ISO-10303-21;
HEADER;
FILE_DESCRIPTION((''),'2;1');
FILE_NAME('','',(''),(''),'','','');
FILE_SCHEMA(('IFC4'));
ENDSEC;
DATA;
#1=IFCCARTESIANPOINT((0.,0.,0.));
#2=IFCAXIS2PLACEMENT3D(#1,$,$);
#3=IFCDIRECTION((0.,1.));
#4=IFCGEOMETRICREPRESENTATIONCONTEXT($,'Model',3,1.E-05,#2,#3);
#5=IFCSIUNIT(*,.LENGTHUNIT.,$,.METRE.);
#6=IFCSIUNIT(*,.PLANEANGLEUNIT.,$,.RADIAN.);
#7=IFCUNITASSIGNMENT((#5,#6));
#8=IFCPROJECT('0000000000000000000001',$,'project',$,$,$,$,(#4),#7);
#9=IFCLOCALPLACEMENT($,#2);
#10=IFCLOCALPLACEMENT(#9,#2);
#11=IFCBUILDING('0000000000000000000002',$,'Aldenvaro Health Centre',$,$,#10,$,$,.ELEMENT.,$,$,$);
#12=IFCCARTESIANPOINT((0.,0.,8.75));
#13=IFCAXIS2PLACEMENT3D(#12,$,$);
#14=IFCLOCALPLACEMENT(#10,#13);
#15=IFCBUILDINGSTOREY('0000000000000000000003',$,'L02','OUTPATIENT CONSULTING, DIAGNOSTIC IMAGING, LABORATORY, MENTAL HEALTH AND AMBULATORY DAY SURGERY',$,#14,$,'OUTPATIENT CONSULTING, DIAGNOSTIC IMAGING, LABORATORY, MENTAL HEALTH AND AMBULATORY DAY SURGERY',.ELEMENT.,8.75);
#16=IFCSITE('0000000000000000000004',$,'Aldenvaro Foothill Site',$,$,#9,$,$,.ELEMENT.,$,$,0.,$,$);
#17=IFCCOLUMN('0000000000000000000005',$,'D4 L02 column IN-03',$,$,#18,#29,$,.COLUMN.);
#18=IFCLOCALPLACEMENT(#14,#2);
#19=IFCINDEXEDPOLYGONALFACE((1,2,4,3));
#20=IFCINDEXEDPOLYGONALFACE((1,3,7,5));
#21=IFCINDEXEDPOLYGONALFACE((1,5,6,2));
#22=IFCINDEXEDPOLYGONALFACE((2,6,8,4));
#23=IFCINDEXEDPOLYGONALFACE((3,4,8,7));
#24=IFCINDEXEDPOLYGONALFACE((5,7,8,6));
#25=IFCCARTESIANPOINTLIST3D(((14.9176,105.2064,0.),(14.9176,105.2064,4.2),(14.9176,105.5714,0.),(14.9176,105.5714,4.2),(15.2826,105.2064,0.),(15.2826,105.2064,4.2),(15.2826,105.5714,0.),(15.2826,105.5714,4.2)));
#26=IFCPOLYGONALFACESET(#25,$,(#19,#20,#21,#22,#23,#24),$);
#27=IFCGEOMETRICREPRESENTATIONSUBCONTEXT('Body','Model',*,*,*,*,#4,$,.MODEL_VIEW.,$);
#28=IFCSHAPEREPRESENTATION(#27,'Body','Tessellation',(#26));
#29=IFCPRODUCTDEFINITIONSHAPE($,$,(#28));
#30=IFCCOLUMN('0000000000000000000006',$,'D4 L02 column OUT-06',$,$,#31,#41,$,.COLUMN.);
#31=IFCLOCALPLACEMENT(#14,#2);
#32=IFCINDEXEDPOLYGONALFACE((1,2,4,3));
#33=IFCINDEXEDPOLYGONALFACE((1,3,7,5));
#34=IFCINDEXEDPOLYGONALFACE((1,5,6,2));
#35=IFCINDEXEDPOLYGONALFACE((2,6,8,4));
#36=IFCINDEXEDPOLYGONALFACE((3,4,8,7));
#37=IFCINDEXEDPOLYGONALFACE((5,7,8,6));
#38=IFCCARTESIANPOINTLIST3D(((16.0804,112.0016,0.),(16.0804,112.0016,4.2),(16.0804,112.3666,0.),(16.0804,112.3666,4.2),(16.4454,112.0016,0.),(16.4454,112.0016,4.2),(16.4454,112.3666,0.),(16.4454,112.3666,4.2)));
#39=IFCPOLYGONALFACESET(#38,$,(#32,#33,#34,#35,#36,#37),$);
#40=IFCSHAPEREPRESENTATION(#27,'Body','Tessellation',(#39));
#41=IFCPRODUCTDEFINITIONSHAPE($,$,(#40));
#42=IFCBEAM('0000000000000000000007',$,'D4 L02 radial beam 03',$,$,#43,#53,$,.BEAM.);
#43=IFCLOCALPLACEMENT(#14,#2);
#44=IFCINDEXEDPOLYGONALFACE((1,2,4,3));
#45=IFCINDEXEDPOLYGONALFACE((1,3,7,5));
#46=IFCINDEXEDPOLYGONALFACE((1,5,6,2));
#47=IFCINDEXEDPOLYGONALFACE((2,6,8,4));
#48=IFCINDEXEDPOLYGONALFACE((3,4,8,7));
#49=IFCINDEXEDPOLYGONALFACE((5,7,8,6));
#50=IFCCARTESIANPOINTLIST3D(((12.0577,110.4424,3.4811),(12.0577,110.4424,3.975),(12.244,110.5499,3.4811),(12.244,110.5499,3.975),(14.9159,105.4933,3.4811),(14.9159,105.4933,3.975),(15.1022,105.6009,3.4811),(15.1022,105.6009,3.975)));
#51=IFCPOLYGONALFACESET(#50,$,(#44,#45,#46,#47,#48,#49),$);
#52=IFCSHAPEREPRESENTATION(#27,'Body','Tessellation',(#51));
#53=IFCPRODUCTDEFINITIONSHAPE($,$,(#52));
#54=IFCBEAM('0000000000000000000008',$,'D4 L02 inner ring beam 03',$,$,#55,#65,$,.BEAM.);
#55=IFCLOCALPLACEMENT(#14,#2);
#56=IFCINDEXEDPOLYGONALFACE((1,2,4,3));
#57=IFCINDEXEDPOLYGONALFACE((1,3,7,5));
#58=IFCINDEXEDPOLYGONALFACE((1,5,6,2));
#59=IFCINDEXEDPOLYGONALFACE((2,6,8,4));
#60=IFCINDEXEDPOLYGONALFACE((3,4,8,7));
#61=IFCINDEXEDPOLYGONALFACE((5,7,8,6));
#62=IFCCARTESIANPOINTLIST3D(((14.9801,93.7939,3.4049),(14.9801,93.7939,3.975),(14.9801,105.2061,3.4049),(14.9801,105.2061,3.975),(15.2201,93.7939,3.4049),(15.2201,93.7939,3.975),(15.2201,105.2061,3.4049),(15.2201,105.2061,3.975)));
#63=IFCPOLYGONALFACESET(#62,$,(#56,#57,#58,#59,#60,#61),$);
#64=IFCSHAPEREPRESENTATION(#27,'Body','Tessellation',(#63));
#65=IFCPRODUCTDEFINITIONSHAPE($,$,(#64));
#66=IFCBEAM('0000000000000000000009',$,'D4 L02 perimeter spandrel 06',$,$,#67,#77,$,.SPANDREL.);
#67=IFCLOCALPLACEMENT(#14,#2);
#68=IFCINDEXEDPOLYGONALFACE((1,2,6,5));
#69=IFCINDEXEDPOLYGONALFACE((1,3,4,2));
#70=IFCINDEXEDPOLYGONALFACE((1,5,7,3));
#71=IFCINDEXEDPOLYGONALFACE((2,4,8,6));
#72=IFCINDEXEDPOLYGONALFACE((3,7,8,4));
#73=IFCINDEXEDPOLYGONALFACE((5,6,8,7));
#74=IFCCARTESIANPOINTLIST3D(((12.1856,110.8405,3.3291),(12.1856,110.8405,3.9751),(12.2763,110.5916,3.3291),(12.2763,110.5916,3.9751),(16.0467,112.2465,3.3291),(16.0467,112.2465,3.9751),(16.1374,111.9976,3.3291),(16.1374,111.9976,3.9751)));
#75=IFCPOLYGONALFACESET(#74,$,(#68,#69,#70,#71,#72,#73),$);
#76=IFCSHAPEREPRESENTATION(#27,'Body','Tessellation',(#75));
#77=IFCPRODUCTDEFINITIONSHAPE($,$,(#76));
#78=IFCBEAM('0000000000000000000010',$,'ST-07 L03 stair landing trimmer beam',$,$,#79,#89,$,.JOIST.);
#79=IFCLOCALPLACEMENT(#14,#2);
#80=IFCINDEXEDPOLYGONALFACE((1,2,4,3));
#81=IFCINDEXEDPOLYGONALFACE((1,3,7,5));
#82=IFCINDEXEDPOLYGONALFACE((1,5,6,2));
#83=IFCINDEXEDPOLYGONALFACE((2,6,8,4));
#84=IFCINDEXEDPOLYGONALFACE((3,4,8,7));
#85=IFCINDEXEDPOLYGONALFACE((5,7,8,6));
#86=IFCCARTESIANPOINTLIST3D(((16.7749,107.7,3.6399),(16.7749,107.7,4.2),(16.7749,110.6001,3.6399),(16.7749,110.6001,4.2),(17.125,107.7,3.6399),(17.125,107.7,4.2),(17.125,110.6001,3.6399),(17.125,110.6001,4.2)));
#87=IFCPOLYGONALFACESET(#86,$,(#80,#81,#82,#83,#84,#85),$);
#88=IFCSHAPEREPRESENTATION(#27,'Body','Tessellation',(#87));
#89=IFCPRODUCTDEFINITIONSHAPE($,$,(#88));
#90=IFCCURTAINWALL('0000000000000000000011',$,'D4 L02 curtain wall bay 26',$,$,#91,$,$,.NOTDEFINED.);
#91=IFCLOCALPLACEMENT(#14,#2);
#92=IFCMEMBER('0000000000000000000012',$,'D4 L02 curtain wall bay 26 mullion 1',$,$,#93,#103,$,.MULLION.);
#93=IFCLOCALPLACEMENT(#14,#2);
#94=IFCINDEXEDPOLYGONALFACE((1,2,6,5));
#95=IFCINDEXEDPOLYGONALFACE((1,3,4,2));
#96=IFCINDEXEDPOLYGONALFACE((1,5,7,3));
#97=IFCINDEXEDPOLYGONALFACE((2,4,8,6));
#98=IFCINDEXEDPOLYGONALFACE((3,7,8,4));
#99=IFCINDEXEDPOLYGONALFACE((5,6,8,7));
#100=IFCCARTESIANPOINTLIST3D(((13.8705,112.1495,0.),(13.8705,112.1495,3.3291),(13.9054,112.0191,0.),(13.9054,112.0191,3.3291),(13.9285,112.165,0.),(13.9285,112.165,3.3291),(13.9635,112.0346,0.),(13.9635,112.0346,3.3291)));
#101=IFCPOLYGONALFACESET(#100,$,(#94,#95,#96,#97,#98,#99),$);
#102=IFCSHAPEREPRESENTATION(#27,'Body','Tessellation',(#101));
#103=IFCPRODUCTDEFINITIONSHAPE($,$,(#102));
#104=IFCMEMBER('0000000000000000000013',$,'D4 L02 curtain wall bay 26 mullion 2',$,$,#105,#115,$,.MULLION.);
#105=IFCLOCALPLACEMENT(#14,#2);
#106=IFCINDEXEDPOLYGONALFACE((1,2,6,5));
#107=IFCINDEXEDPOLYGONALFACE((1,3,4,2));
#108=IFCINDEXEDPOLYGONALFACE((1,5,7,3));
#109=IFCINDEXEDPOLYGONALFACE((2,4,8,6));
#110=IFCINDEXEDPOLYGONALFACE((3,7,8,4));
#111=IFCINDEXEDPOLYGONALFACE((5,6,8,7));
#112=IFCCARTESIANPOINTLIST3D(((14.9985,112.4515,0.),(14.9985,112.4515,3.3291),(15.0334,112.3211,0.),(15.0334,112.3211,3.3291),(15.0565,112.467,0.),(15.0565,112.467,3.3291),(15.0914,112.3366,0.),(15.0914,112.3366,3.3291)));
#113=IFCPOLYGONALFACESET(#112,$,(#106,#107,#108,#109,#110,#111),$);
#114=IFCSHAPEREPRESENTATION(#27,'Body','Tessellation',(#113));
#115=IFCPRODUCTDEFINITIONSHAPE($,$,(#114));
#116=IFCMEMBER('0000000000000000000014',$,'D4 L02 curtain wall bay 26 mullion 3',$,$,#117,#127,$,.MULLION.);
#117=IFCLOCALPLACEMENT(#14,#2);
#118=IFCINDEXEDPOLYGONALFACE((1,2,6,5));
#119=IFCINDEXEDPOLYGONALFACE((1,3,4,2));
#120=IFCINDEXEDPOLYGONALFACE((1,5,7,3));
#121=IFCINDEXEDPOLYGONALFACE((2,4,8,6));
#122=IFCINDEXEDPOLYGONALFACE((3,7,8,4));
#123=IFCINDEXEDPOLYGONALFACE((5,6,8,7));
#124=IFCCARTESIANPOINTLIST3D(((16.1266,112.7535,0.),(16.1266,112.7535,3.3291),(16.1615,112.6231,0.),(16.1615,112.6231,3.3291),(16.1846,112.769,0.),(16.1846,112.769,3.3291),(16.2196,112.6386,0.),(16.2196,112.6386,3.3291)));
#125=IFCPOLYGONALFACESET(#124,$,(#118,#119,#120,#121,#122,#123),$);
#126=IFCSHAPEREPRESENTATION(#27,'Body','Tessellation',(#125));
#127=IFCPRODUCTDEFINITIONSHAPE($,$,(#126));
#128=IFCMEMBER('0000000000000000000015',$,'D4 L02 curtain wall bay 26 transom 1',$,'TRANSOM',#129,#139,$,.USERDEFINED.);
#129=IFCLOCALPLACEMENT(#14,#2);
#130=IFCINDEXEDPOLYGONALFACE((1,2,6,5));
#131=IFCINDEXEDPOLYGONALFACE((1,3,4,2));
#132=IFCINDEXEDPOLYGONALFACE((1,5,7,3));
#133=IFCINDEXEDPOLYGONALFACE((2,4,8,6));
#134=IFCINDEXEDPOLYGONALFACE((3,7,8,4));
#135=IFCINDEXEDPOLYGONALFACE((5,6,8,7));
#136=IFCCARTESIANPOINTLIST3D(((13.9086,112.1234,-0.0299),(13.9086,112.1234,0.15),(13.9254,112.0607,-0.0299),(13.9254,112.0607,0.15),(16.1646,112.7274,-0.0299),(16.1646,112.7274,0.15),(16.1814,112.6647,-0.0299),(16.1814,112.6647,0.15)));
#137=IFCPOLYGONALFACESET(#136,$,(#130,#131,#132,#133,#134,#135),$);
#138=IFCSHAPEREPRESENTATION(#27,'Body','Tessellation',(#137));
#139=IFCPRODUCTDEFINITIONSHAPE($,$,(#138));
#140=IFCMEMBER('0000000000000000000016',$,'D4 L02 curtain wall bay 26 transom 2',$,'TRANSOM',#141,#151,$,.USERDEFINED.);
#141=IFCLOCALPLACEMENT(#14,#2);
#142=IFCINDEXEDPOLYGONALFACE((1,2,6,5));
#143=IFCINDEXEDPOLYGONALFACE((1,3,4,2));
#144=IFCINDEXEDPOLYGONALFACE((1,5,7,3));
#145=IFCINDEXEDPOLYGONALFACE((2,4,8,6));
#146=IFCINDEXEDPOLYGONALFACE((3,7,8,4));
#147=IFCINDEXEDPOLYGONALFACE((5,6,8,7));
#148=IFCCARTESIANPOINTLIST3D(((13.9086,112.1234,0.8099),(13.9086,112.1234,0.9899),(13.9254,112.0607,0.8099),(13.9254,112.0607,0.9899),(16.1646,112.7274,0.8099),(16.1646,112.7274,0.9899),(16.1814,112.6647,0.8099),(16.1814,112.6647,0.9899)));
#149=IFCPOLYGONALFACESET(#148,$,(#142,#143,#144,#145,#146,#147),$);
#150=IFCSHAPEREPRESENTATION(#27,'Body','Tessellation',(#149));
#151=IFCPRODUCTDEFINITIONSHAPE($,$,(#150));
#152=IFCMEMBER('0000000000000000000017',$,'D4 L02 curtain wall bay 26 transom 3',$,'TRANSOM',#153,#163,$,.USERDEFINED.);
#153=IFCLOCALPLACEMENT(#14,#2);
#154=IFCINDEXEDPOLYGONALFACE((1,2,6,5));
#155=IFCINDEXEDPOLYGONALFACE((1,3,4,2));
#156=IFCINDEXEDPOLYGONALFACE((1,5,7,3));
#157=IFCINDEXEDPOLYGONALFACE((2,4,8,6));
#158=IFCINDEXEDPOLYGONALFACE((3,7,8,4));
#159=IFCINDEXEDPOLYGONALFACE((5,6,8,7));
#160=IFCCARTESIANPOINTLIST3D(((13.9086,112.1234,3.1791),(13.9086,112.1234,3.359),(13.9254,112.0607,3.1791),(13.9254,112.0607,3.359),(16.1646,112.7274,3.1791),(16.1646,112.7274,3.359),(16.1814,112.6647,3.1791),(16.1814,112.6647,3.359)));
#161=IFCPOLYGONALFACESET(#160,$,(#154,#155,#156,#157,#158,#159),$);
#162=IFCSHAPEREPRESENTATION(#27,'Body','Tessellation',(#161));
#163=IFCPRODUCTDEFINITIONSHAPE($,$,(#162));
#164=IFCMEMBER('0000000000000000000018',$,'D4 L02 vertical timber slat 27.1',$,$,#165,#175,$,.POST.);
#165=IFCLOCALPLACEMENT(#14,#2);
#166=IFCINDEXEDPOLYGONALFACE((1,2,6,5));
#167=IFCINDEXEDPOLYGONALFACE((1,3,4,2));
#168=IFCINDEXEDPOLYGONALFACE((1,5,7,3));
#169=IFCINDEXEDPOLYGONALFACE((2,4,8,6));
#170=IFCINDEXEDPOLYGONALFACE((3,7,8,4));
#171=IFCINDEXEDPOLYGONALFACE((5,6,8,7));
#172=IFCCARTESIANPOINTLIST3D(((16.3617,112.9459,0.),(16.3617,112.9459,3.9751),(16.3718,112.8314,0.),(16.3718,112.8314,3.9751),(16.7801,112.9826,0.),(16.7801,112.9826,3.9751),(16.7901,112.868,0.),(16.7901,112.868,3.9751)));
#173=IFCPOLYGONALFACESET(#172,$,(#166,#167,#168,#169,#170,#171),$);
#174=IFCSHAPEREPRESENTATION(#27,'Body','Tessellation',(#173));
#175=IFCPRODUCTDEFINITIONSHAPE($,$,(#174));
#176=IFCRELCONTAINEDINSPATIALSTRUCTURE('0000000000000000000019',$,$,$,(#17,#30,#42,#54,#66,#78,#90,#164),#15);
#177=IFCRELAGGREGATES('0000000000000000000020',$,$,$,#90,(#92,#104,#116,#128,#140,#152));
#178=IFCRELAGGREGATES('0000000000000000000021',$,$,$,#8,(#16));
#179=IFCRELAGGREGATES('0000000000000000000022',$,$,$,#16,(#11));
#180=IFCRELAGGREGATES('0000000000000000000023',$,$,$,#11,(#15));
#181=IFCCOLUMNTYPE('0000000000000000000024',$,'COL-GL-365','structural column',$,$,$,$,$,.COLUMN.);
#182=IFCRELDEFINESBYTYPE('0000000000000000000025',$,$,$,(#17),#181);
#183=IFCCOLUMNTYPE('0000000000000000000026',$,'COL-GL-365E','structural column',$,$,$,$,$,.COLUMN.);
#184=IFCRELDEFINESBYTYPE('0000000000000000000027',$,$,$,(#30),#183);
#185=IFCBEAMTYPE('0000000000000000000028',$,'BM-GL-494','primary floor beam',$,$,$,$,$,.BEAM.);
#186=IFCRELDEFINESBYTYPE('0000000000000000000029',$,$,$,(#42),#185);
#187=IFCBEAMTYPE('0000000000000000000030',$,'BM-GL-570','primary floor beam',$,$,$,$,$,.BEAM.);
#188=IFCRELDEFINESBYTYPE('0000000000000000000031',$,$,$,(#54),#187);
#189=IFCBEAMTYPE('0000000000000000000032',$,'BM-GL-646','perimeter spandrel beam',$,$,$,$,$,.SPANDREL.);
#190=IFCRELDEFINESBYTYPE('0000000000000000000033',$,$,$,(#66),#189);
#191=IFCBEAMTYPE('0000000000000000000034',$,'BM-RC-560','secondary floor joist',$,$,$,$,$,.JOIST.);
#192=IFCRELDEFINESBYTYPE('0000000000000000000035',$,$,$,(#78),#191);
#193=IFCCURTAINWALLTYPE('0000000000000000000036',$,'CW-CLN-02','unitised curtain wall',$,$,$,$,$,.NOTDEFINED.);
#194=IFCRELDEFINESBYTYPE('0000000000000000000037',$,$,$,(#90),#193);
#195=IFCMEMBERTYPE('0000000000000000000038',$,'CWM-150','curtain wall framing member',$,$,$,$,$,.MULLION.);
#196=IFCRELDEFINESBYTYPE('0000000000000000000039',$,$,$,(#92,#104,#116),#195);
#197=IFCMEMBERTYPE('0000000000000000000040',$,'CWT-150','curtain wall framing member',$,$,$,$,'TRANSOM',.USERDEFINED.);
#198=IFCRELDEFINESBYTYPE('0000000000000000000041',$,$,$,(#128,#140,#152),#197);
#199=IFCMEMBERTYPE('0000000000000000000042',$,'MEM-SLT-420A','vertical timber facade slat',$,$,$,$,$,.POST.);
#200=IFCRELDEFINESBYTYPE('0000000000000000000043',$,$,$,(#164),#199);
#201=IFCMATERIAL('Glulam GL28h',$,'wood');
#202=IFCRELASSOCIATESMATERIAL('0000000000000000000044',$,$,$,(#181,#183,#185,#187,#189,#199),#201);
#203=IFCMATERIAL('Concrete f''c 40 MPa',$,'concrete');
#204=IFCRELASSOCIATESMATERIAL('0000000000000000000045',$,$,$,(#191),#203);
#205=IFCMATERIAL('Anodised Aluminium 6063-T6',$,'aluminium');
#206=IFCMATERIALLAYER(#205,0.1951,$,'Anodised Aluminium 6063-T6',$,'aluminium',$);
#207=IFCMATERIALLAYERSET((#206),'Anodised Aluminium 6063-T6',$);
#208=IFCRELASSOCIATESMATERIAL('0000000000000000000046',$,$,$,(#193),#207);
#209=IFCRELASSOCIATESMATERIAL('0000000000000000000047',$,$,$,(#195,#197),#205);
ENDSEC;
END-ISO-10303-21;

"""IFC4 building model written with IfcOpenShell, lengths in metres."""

from ifc_helpers import new_model, si_unit, direction, frame, origin, origin_2d, place, context, subcontext, project, spatial, rectangle, extrude, material, layer, layer_set, material_profile, profile_set, type_object, element, aggregate, save


model = new_model("IFC4")

# Units and contexts
model_context = context("Model", 3, precision=1e-05, world=origin(), true_north=direction((0.0, 1.0)))
body_context = subcontext(model_context, "Body", "Model", "MODEL_VIEW")
ifc_project = project(units=[si_unit("LENGTHUNIT", "METRE"), si_unit("PLANEANGLEUNIT", "RADIAN")], contexts=[model_context])

# Site, building, storey
site_placement = place(None, origin())
site = spatial("IfcSite", under=ifc_project, at=site_placement, Name="Aldenvaro Foothill Site", CompositionType="ELEMENT", RefElevation=0.0)
building_placement = place(site_placement, origin())
building = spatial("IfcBuilding", under=site, at=building_placement, Name="Aldenvaro Health Centre", CompositionType="ELEMENT")
storey_placement = place(building_placement, frame((0.0, 0.0, 8.75)))
storey = spatial("IfcBuildingStorey", under=building, at=storey_placement, Name="L02", Description="OUTPATIENT CONSULTING, DIAGNOSTIC IMAGING, LABORATORY, MENTAL HEALTH AND AMBULATORY DAY SURGERY", LongName="OUTPATIENT CONSULTING, DIAGNOSTIC IMAGING, LABORATORY, MENTAL HEALTH AND AMBULATORY DAY SURGERY", CompositionType="ELEMENT", Elevation=8.75)

# Columns
ifc_material_1 = material(Name="Glulam GL28h", Category="wood")
ifc_material_profile_1 = material_profile(ifc_material_1, rectangle(XDim=0.365, YDim=0.365, at=origin_2d()), Name="GL 365x365", Category="wood")
ifc_profile_set_1 = profile_set([ifc_material_profile_1], Name="Glulam GL28h")
column_type_1 = type_object("IfcColumnType", Name="COL-GL-365", Description="structural column", PredefinedType="COLUMN", material=ifc_profile_set_1)
column_1_placement = place(storey_placement, frame((15.1001, 105.3889, 0.0), z_axis=(0.0, 0.0, 1.0), x_axis=(1.0, 0.0, 0.0)))
element("IfcColumn", 1, at=column_1_placement, inside=storey, type_object=column_type_1, Name="D4 L02 column IN-03", PredefinedType="COLUMN", context=body_context, shape_type="SweptSolid", body=[
    extrude(rectangle(XDim=0.365, YDim=0.365, at=origin_2d()), origin(), (0.0, 0.0, 1.0), 4.2),
])
ifc_material_profile_2 = material_profile(ifc_material_1, rectangle(XDim=0.365, YDim=0.365, at=origin_2d()), Name="GL 365x365", Category="wood")
ifc_profile_set_2 = profile_set([ifc_material_profile_2], Name="Glulam GL28h")
column_type_2 = type_object("IfcColumnType", Name="COL-GL-365E", Description="structural column", PredefinedType="COLUMN", material=ifc_profile_set_2)
column_2_placement = place(storey_placement, frame((16.2629, 112.1841, 0.0), z_axis=(0.0, 0.0, 1.0), x_axis=(1.0, 0.0, 0.0)))
element("IfcColumn", 2, at=column_2_placement, inside=storey, type_object=column_type_2, Name="D4 L02 column OUT-06", PredefinedType="COLUMN", context=body_context, shape_type="SweptSolid", body=[
    extrude(rectangle(XDim=0.365, YDim=0.365, at=origin_2d()), origin(), (0.0, 0.0, 1.0), 4.2),
])

# Beams
ifc_material_profile_3 = material_profile(ifc_material_1, rectangle(XDim=0.2151, YDim=0.4939, at=origin_2d()), Name="GL 215x494", Category="wood")
ifc_profile_set_3 = profile_set([ifc_material_profile_3], Name="Glulam GL28h")
beam_type_1 = type_object("IfcBeamType", Name="BM-GL-494", Description="primary floor beam", PredefinedType="BEAM", material=ifc_profile_set_3)
beam_1_placement = place(storey_placement, frame((15.009, 105.5471, 3.728), z_axis=(-0.500113, 0.86596, 0.0), x_axis=(-0.86596, -0.500113, 0.0)))
element("IfcBeam", 3, at=beam_1_placement, inside=storey, type_object=beam_type_1, Name="D4 L02 radial beam 03", PredefinedType="BEAM", context=body_context, shape_type="SweptSolid", body=[
    extrude(rectangle(XDim=0.2151, YDim=0.4939, at=origin_2d()), origin(), (0.0, 0.0, 1.0), 5.7151),
])
ifc_material_profile_4 = material_profile(ifc_material_1, rectangle(XDim=0.24, YDim=0.5701, at=origin_2d()), Name="GL 240x570", Category="wood")
ifc_profile_set_4 = profile_set([ifc_material_profile_4], Name="Glulam GL28h")
beam_type_2 = type_object("IfcBeamType", Name="BM-GL-570", Description="primary floor beam", PredefinedType="BEAM", material=ifc_profile_set_4)
beam_2_placement = place(storey_placement, frame((15.1001, 105.2061, 3.6899), z_axis=(0.0, -1.0, 0.0), x_axis=(1.0, 0.0, 0.0)))
element("IfcBeam", 4, at=beam_2_placement, inside=storey, type_object=beam_type_2, Name="D4 L02 inner ring beam 03", PredefinedType="BEAM", context=body_context, shape_type="SweptSolid", body=[
    extrude(rectangle(XDim=0.24, YDim=0.5701, at=origin_2d()), origin(), (0.0, 0.0, 1.0), 11.4121),
])
ifc_material_profile_5 = material_profile(ifc_material_1, rectangle(XDim=0.2649, YDim=0.646, at=origin_2d()), Name="GL 265x646", Category="wood")
ifc_profile_set_5 = profile_set([ifc_material_profile_5], Name="Glulam GL28h")
beam_type_3 = type_object("IfcBeamType", Name="BM-GL-646", Description="perimeter spandrel beam", PredefinedType="SPANDREL", material=ifc_profile_set_5)
beam_3_placement = place(storey_placement, frame((16.092, 112.1221, 3.6521), z_axis=(-0.939639, -0.342168, 0.0), x_axis=(0.342168, -0.939639, 0.0)))
element("IfcBeam", 5, at=beam_3_placement, inside=storey, type_object=beam_type_3, Name="D4 L02 perimeter spandrel 06", PredefinedType="SPANDREL", context=body_context, shape_type="SweptSolid", body=[
    extrude(rectangle(XDim=0.2649, YDim=0.646, at=origin_2d()), origin(), (0.0, 0.0, 1.0), 4.1091),
])
ifc_material_2 = material(Name="Concrete f'c 40 MPa", Category="concrete")
ifc_material_profile_6 = material_profile(ifc_material_2, rectangle(XDim=0.3501, YDim=0.5601, at=origin_2d()), Name="RC 350x560", Category="concrete")
ifc_profile_set_6 = profile_set([ifc_material_profile_6], Name="Concrete f'c 40 MPa")
beam_type_4 = type_object("IfcBeamType", Name="BM-RC-560", Description="secondary floor joist", PredefinedType="JOIST", material=ifc_profile_set_6)
beam_4_placement = place(storey_placement, frame((16.95, 107.7, 3.9199), z_axis=(0.0, 1.0, 0.0), x_axis=(-1.0, 0.0, 0.0)))
element("IfcBeam", 6, at=beam_4_placement, inside=storey, type_object=beam_type_4, Name="ST-07 L03 stair landing trimmer beam", PredefinedType="JOIST", context=body_context, shape_type="SweptSolid", body=[
    extrude(rectangle(XDim=0.3501, YDim=0.5601, at=origin_2d()), origin(), (0.0, 0.0, 1.0), 2.9001),
])

# Curtain wall, members
ifc_material_3 = material(Name="Anodised Aluminium 6063-T6", Category="aluminium")
ifc_layer_1 = layer(ifc_material_3, 0.1951, Name="Anodised Aluminium 6063-T6", Category="aluminium")
ifc_layer_set_1 = layer_set([ifc_layer_1], Name="Anodised Aluminium 6063-T6")
curtain_wall_type = type_object("IfcCurtainWallType", Name="CW-CLN-02", Description="unitised curtain wall", PredefinedType="NOTDEFINED", material=ifc_layer_set_1)
curtain_wall_placement = place(storey_placement, origin())
curtain_wall = element("IfcCurtainWall", 7, at=curtain_wall_placement, inside=storey, type_object=curtain_wall_type, Name="D4 L02 curtain wall bay 26", PredefinedType="NOTDEFINED")
ifc_material_profile_7 = material_profile(ifc_material_3, rectangle(XDim=0.0601, YDim=0.135, at=origin_2d()), Name="ALU 60x135", Category="aluminium")
ifc_profile_set_7 = profile_set([ifc_material_profile_7], Name="Anodised Aluminium 6063-T6")
member_type_1 = type_object("IfcMemberType", Name="CWM-150", Description="curtain wall framing member", PredefinedType="MULLION", material=ifc_profile_set_7)
member_1_placement = place(storey_placement, frame((13.917, 112.092, 0.0), z_axis=(0.0, 0.0, 1.0), x_axis=(0.965979, 0.258622, 0.0)))
member_1 = element("IfcMember", 8, at=member_1_placement, type_object=member_type_1, Name="D4 L02 curtain wall bay 26 mullion 1", PredefinedType="MULLION", context=body_context, shape_type="SweptSolid", body=[
    extrude(rectangle(XDim=0.0601, YDim=0.135, at=origin_2d()), origin(), (0.0, 0.0, 1.0), 3.3291),
])
member_2_placement = place(storey_placement, frame((15.0449, 112.394, 0.0), z_axis=(0.0, 0.0, 1.0), x_axis=(0.965979, 0.258622, 0.0)))
member_2 = element("IfcMember", 9, at=member_2_placement, type_object=member_type_1, Name="D4 L02 curtain wall bay 26 mullion 2", PredefinedType="MULLION", context=body_context, shape_type="SweptSolid", body=[
    extrude(rectangle(XDim=0.0601, YDim=0.135, at=origin_2d()), origin(), (0.0, 0.0, 1.0), 3.3291),
])
member_3_placement = place(storey_placement, frame((16.1731, 112.696, 0.0), z_axis=(0.0, 0.0, 1.0), x_axis=(0.965979, 0.258622, 0.0)))
member_3 = element("IfcMember", 10, at=member_3_placement, type_object=member_type_1, Name="D4 L02 curtain wall bay 26 mullion 3", PredefinedType="MULLION", context=body_context, shape_type="SweptSolid", body=[
    extrude(rectangle(XDim=0.0601, YDim=0.135, at=origin_2d()), origin(), (0.0, 0.0, 1.0), 3.3291),
])
ifc_material_profile_8 = material_profile(ifc_material_3, rectangle(XDim=0.0649, YDim=0.1799, at=origin_2d()), Name="ALU 65x180", Category="aluminium")
ifc_profile_set_8 = profile_set([ifc_material_profile_8], Name="Anodised Aluminium 6063-T6")
member_type_2 = type_object("IfcMemberType", Name="CWT-150", Description="curtain wall framing member", ElementType="TRANSOM", PredefinedType="USERDEFINED", material=ifc_profile_set_8)
member_4_placement = place(storey_placement, frame((13.917, 112.092, 0.0601), z_axis=(0.965981, 0.258612, 0.0), x_axis=(-0.258612, 0.965981, 0.0)))
member_4 = element("IfcMember", 11, at=member_4_placement, type_object=member_type_2, Name="D4 L02 curtain wall bay 26 transom 1", ObjectType="TRANSOM", PredefinedType="USERDEFINED", context=body_context, shape_type="SweptSolid", body=[
    extrude(rectangle(XDim=0.0649, YDim=0.1799, at=origin_2d()), origin(), (0.0, 0.0, 1.0), 2.3354),
])
member_5_placement = place(storey_placement, frame((13.917, 112.092, 0.8999), z_axis=(0.965981, 0.258612, 0.0), x_axis=(-0.258612, 0.965981, 0.0)))
member_5 = element("IfcMember", 12, at=member_5_placement, type_object=member_type_2, Name="D4 L02 curtain wall bay 26 transom 2", ObjectType="TRANSOM", PredefinedType="USERDEFINED", context=body_context, shape_type="SweptSolid", body=[
    extrude(rectangle(XDim=0.0649, YDim=0.1799, at=origin_2d()), origin(), (0.0, 0.0, 1.0), 2.3354),
])
member_6_placement = place(storey_placement, frame((13.917, 112.092, 3.269), z_axis=(0.965981, 0.258612, 0.0), x_axis=(-0.258612, 0.965981, 0.0)))
member_6 = element("IfcMember", 13, at=member_6_placement, type_object=member_type_2, Name="D4 L02 curtain wall bay 26 transom 3", ObjectType="TRANSOM", PredefinedType="USERDEFINED", context=body_context, shape_type="SweptSolid", body=[
    extrude(rectangle(XDim=0.0649, YDim=0.1799, at=origin_2d()), origin(), (0.0, 0.0, 1.0), 2.3354),
])

# Member
ifc_material_profile_9 = material_profile(ifc_material_1, rectangle(XDim=0.115, YDim=0.4199, at=origin_2d()), Name="GL 115x420", Category="wood")
ifc_profile_set_9 = profile_set([ifc_material_profile_9], Name="Glulam GL28h")
member_type_3 = type_object("IfcMemberType", Name="MEM-SLT-420A", Description="vertical timber facade slat", PredefinedType="POST", material=ifc_profile_set_9)
member_7_placement = place(storey_placement, frame((16.5759, 112.907, 0.0), z_axis=(0.0, 0.0, 1.0), x_axis=(-0.087332, 0.996179, 0.0)))
element("IfcMember", 14, at=member_7_placement, inside=storey, type_object=member_type_3, Name="D4 L02 vertical timber slat 27.1", PredefinedType="POST", context=body_context, shape_type="SweptSolid", body=[
    extrude(rectangle(XDim=0.115, YDim=0.4199, at=origin_2d()), origin(), (0.0, 0.0, 1.0), 3.9751),
])

aggregate(curtain_wall, [member_1, member_2, member_3, member_4, member_5, member_6])

save(model, "model.ifc")
